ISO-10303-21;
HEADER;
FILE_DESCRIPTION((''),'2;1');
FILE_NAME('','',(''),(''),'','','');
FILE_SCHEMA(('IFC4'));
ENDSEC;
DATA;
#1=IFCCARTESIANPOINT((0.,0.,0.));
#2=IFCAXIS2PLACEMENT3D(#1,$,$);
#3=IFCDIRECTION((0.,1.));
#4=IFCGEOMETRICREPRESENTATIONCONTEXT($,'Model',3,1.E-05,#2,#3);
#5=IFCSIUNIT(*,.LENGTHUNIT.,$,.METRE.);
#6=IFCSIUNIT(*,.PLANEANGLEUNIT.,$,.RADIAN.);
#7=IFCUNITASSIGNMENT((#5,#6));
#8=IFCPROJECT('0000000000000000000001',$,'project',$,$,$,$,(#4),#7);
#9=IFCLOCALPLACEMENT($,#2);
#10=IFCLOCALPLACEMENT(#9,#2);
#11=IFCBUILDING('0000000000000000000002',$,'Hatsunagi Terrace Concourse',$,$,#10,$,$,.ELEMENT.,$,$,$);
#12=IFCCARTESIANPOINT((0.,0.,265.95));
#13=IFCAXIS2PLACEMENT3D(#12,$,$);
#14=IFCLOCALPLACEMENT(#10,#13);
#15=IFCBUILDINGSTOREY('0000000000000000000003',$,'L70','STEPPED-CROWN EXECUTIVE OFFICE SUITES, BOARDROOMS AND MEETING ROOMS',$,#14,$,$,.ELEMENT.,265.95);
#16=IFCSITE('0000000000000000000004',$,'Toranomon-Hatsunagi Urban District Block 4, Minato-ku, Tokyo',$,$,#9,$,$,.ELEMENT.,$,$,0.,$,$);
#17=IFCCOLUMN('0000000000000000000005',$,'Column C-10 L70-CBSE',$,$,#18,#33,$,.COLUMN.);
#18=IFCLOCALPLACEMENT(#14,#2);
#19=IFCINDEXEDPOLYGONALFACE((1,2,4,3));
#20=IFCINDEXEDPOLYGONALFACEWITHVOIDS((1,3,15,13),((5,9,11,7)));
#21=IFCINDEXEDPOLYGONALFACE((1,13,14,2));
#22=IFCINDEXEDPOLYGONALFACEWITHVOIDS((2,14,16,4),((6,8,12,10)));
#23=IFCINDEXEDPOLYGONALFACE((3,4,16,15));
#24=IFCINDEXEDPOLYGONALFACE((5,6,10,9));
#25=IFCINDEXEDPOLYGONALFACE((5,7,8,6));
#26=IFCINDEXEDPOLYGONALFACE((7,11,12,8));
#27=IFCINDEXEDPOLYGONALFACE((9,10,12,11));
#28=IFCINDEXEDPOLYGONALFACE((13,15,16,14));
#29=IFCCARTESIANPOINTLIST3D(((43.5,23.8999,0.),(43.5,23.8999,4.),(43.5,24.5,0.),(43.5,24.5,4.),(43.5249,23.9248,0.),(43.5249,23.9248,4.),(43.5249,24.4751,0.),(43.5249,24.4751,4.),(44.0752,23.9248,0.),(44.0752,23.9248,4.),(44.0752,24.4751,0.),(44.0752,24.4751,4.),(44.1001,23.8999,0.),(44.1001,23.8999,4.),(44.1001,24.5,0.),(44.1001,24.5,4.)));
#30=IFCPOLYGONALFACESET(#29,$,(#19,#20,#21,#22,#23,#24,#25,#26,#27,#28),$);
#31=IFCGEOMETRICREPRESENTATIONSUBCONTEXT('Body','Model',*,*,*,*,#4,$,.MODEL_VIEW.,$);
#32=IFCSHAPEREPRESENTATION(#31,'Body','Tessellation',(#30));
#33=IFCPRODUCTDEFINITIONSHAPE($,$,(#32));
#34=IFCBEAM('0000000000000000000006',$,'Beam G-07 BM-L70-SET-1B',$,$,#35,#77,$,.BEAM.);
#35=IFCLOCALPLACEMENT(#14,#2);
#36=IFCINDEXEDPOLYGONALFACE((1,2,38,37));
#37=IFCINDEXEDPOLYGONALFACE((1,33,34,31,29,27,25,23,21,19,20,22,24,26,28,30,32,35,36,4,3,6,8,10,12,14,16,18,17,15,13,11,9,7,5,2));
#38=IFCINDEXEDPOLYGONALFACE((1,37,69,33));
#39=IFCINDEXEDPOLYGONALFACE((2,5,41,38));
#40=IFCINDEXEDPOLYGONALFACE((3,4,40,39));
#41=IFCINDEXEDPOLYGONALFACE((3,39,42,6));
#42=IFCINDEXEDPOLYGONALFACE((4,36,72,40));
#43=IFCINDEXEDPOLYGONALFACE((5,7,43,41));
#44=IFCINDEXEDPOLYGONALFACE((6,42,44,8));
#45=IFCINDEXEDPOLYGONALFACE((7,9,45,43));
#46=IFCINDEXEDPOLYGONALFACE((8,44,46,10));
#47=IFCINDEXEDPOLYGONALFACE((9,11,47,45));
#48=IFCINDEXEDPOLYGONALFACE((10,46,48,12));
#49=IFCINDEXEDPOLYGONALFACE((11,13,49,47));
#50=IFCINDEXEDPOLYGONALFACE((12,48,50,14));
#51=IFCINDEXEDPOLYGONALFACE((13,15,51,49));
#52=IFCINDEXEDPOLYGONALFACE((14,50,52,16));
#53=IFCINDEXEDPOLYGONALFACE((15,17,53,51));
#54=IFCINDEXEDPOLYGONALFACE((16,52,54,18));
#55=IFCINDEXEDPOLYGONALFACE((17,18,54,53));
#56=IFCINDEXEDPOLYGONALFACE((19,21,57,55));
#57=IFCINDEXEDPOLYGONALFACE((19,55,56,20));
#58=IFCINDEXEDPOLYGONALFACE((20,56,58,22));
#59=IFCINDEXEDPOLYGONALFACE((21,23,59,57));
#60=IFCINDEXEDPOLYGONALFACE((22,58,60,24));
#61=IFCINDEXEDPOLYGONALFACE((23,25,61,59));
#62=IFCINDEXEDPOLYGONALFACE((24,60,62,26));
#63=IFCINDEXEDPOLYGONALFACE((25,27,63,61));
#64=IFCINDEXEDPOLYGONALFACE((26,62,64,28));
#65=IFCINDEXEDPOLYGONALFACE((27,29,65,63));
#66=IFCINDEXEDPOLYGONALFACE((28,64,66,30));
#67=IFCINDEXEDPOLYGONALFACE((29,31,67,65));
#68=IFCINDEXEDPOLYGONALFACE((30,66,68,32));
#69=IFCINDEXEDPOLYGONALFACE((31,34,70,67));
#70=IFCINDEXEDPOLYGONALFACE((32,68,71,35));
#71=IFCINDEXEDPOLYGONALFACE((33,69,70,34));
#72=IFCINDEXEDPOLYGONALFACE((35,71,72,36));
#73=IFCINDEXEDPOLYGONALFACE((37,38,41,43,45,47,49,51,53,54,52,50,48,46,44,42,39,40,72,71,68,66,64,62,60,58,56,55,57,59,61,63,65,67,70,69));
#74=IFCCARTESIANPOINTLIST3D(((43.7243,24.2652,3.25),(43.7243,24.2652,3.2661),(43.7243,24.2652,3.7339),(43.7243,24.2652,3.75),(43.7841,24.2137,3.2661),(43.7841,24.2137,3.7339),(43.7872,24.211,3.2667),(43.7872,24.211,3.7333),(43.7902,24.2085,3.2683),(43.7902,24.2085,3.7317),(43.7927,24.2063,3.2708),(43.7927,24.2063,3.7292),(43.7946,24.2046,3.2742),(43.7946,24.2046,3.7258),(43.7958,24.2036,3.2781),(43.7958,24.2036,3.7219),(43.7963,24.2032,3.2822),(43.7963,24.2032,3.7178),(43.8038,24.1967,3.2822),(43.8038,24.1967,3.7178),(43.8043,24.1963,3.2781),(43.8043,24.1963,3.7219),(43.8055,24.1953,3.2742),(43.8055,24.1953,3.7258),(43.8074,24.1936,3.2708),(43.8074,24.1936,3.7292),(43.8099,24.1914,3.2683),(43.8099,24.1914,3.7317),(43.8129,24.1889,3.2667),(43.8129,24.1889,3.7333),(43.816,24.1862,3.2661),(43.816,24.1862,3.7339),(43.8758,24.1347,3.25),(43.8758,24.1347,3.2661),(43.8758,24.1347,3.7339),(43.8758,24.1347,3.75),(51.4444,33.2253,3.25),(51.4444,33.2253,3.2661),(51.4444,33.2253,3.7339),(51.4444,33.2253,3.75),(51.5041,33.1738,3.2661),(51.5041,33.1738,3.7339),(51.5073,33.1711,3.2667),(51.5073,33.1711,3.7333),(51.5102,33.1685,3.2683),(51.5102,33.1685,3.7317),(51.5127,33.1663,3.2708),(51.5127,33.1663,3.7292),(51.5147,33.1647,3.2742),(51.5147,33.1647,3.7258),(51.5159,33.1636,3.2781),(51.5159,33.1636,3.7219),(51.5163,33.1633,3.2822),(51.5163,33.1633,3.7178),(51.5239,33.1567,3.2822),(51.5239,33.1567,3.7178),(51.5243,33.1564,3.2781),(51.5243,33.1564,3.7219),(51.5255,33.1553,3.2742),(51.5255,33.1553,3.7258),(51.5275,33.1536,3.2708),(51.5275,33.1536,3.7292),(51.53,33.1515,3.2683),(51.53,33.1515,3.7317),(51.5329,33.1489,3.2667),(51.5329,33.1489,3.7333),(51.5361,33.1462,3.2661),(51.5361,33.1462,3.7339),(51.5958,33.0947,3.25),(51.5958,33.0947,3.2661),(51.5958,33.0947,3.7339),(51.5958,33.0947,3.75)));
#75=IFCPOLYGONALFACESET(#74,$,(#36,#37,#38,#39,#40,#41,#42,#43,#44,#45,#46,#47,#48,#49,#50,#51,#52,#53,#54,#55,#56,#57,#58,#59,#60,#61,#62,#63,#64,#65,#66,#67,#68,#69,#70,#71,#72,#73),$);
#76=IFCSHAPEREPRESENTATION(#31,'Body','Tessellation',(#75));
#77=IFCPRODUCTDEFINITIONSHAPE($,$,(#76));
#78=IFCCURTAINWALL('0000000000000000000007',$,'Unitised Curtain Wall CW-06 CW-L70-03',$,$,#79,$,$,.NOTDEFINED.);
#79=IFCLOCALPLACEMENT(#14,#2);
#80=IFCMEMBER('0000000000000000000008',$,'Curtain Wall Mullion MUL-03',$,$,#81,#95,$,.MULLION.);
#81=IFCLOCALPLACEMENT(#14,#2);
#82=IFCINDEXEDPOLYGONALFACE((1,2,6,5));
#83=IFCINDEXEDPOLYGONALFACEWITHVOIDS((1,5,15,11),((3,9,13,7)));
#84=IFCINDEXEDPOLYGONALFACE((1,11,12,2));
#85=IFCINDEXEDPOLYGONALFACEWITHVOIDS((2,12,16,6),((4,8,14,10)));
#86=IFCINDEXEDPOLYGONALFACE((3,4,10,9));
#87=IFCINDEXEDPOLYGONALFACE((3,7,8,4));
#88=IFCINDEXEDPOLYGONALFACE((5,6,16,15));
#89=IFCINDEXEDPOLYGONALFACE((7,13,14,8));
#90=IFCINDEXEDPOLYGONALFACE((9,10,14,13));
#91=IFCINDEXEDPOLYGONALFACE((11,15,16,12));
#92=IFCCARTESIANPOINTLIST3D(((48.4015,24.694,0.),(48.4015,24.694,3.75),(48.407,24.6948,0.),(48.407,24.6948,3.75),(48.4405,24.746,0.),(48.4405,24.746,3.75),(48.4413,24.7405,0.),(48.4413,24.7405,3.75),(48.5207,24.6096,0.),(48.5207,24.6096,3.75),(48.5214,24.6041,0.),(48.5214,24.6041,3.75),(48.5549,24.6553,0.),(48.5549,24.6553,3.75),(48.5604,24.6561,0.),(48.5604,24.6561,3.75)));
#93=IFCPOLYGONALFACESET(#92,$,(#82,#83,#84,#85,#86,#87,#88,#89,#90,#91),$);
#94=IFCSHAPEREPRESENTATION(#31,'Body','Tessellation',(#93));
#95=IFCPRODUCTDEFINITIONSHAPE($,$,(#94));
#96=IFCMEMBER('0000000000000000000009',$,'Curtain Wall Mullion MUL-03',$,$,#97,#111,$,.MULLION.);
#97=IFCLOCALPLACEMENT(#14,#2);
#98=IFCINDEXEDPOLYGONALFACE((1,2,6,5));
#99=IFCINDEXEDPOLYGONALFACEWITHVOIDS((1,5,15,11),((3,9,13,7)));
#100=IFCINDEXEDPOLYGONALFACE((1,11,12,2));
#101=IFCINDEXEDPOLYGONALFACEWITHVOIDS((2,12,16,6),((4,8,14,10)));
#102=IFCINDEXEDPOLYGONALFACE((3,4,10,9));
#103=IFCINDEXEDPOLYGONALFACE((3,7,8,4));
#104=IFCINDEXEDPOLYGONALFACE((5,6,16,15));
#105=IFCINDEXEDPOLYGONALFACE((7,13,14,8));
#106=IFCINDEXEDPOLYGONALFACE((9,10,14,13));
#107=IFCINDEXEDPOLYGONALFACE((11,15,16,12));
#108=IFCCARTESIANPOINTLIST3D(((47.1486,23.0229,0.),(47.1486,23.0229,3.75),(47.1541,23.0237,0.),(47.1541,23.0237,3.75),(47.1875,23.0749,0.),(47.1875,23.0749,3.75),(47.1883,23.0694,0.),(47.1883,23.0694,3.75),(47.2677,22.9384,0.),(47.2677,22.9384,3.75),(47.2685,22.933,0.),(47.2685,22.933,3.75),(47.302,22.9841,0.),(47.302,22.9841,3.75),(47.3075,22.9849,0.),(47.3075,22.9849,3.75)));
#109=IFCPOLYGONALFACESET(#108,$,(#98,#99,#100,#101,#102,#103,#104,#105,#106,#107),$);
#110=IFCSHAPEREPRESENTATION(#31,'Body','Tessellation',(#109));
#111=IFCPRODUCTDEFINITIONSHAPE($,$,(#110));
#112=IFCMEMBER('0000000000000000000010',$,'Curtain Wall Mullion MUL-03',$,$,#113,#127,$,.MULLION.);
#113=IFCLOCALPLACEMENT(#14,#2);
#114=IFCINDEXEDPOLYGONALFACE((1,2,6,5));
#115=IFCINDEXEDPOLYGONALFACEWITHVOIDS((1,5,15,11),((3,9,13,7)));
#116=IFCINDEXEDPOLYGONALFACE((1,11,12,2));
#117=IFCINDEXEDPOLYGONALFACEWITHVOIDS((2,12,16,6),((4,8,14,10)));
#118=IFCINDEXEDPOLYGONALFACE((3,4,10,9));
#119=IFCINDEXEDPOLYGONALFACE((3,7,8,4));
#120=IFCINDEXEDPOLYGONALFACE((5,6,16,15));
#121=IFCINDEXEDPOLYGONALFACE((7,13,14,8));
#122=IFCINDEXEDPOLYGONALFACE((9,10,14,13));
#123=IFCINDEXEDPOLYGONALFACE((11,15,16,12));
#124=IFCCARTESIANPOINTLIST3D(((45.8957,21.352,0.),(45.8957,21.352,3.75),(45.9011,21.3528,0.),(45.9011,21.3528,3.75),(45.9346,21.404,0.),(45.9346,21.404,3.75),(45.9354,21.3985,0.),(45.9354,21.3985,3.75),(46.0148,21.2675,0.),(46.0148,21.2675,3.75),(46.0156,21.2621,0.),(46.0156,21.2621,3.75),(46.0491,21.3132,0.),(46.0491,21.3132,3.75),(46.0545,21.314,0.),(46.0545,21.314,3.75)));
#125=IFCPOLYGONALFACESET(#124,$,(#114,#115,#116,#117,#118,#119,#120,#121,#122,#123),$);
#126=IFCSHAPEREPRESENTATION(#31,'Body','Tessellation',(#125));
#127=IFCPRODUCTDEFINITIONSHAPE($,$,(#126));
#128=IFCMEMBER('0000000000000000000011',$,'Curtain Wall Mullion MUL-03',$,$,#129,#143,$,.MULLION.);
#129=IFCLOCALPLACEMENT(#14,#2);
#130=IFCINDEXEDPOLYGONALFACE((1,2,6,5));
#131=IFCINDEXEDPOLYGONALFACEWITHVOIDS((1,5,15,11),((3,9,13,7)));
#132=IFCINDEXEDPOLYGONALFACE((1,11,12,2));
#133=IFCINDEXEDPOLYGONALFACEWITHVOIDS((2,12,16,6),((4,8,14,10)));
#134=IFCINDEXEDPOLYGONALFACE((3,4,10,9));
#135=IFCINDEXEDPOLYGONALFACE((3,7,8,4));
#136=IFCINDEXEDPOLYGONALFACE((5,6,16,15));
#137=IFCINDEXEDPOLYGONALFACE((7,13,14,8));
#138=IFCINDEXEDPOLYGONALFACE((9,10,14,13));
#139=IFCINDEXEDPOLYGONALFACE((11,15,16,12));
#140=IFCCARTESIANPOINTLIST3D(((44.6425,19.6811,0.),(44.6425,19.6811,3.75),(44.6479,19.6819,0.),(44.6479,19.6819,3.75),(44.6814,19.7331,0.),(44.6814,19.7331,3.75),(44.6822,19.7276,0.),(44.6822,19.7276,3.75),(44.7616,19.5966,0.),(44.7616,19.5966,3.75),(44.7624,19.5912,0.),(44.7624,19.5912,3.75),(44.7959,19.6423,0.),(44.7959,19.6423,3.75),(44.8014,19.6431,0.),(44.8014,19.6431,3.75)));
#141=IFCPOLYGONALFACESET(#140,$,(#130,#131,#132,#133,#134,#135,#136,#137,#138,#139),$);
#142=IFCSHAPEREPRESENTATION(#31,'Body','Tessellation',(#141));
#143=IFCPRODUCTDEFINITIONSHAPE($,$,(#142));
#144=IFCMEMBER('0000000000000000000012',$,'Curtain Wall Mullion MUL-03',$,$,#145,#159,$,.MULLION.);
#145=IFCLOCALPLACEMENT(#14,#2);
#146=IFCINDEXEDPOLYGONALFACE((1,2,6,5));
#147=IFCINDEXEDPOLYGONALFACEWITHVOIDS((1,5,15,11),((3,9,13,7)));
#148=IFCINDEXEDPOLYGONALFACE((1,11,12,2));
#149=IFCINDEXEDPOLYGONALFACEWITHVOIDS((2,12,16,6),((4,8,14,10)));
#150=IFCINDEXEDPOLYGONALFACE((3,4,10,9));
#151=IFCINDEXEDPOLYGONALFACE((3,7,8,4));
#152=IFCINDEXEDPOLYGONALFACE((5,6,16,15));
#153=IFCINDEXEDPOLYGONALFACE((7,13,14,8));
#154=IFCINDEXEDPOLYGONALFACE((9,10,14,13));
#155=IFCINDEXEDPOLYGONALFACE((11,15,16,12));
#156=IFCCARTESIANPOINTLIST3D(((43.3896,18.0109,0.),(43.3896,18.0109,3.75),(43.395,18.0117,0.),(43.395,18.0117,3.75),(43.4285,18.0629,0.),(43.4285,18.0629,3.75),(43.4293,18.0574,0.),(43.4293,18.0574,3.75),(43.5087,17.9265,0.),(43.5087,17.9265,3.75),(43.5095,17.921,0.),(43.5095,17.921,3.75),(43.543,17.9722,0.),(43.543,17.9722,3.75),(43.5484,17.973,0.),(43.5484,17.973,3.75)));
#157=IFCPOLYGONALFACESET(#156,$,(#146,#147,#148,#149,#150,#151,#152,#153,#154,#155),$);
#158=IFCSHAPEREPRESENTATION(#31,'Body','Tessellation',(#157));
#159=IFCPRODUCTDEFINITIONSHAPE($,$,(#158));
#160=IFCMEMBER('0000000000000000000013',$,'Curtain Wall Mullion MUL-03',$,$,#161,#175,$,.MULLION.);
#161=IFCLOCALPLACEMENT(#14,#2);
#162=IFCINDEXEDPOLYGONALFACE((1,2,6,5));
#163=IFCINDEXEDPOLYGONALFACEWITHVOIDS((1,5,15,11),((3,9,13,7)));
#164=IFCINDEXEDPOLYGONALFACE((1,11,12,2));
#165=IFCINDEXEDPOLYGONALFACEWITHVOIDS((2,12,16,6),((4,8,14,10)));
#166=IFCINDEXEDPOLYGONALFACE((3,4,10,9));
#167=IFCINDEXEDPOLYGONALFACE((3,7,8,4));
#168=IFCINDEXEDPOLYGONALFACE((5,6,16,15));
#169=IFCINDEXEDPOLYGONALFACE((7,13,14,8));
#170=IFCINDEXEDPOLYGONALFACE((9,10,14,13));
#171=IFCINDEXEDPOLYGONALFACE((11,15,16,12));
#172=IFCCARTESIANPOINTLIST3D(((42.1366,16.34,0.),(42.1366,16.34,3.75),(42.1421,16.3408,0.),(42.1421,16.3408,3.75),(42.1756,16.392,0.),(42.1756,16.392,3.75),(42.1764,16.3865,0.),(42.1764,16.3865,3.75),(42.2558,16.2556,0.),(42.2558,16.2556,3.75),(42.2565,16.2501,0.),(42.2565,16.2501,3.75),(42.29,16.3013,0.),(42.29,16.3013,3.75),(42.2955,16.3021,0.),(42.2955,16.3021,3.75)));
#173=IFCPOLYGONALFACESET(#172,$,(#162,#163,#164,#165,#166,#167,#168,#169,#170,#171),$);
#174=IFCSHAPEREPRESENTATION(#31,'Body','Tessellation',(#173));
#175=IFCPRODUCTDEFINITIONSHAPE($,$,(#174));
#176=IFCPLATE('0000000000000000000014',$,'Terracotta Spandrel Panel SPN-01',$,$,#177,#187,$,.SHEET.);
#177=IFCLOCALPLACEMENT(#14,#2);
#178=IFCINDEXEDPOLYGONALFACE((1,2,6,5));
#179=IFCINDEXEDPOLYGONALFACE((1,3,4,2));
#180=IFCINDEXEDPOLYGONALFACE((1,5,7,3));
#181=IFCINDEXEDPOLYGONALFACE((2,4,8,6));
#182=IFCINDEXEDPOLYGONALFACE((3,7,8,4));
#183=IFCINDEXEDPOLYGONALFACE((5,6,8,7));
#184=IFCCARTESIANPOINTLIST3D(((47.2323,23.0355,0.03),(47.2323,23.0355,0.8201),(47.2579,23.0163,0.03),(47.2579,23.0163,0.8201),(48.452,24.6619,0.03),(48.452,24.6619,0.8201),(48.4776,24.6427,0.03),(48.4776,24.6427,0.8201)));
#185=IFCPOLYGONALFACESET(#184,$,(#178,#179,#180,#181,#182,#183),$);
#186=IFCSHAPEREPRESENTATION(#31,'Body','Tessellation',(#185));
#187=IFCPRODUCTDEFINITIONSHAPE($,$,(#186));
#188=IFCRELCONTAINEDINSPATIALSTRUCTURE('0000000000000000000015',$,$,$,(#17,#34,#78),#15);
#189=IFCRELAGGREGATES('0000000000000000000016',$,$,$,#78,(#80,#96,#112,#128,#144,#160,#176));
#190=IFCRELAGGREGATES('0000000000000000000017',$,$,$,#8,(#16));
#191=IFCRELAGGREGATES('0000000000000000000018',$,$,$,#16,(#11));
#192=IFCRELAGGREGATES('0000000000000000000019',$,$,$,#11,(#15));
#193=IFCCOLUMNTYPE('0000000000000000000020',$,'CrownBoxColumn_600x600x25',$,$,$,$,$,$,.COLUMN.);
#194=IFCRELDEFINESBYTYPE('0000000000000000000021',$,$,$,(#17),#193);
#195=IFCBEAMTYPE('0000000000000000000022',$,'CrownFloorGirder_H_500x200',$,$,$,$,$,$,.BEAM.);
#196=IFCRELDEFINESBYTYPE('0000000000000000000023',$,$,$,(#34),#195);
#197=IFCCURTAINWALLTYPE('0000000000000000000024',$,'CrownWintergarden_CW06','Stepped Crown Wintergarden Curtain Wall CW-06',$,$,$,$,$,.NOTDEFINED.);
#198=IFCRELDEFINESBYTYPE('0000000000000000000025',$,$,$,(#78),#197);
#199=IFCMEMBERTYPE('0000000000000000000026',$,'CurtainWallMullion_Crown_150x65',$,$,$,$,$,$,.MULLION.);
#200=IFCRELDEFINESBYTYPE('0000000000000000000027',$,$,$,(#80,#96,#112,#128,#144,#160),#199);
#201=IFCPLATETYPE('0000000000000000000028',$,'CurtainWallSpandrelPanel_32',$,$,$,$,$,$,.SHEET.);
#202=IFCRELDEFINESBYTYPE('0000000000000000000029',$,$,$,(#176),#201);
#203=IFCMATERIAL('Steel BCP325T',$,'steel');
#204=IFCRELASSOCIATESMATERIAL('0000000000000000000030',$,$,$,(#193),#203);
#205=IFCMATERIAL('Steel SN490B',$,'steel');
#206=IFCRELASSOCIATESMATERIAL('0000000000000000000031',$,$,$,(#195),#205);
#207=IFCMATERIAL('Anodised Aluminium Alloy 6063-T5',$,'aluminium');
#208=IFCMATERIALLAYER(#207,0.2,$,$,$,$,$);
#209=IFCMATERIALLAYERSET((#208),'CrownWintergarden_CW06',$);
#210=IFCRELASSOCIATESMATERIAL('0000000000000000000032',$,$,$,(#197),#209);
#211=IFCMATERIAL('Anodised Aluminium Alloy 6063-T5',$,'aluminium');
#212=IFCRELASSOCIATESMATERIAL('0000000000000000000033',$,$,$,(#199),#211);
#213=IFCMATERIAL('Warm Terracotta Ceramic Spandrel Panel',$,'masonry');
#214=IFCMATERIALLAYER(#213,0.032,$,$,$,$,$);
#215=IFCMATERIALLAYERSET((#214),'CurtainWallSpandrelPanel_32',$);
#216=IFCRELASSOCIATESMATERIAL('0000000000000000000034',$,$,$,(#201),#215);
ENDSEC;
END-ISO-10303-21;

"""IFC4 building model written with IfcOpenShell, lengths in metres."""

from ifc_helpers import new_model, si_unit, direction, frame, origin, origin_2d, place, context, subcontext, project, spatial, rectangle, hollow_rectangle, i_section, extrude, material, layer, layer_set, material_profile, profile_set, type_object, element, aggregate, save


model = new_model("IFC4")

# Units and contexts
model_context = context("Model", 3, precision=1e-05, world=origin(), true_north=direction((0.0, 1.0)))
body_context = subcontext(model_context, "Body", "Model", "MODEL_VIEW")
ifc_project = project(units=[si_unit("LENGTHUNIT", "METRE"), si_unit("PLANEANGLEUNIT", "RADIAN")], contexts=[model_context])

# Site, building, storey
site_placement = place(None, origin())
site = spatial("IfcSite", under=ifc_project, at=site_placement, Name="Toranomon-Hatsunagi Urban District Block 4, Minato-ku, Tokyo", CompositionType="ELEMENT", RefElevation=0.0)
building_placement = place(site_placement, origin())
building = spatial("IfcBuilding", under=site, at=building_placement, Name="Hatsunagi Terrace Concourse", CompositionType="ELEMENT")
storey_placement = place(building_placement, frame((0.0, 0.0, 265.95)))
storey = spatial("IfcBuildingStorey", under=building, at=storey_placement, Name="L70", Description="STEPPED-CROWN EXECUTIVE OFFICE SUITES, BOARDROOMS AND MEETING ROOMS", CompositionType="ELEMENT", Elevation=265.95)

# Column
ifc_material_1 = material(Name="Steel BCP325T", Category="steel")
ifc_material_profile_1 = material_profile(ifc_material_1, hollow_rectangle(XDim=0.6001, YDim=0.6001, WallThickness=0.0249, at=origin_2d()), Name="BCP-600x600x25")
ifc_profile_set_1 = profile_set([ifc_material_profile_1], Name="Steel BCP325T")
column_type = type_object("IfcColumnType", Name="CrownBoxColumn_600x600x25", PredefinedType="COLUMN", material=ifc_profile_set_1)
column_placement = place(storey_placement, frame((43.8, 24.2, 0.0), z_axis=(0.0, 0.0, 1.0), x_axis=(1.0, 0.0, 0.0)))
element("IfcColumn", 1, at=column_placement, inside=storey, type_object=column_type, Name="Column C-10 L70-CBSE", PredefinedType="COLUMN", context=body_context, shape_type="SweptSolid", body=[
    extrude(hollow_rectangle(XDim=0.6001, YDim=0.6001, WallThickness=0.0249, at=origin_2d()), origin(), (0.0, 0.0, 1.0), 4.0),
])

# Beam
ifc_material_2 = material(Name="Steel SN490B", Category="steel")
ifc_material_profile_2 = material_profile(ifc_material_2, i_section(OverallWidth=0.2, OverallDepth=0.5, WebThickness=0.01, FlangeThickness=0.0161, FilletRadius=0.0161, at=origin_2d()), Name="H-500x200x10x16")
ifc_profile_set_2 = profile_set([ifc_material_profile_2], Name="Steel SN490B")
beam_type = type_object("IfcBeamType", Name="CrownFloorGirder_H_500x200", PredefinedType="BEAM", material=ifc_profile_set_2)
beam_placement = place(storey_placement, frame((43.8, 24.2, 3.5), z_axis=(0.652739, 0.757583, 0.0), x_axis=(-0.757583, 0.652739, 0.0)))
element("IfcBeam", 2, at=beam_placement, inside=storey, type_object=beam_type, Name="Beam G-07 BM-L70-SET-1B", PredefinedType="BEAM", context=body_context, shape_type="SweptSolid", body=[
    extrude(i_section(OverallWidth=0.2, OverallDepth=0.5, WebThickness=0.01, FlangeThickness=0.0161, FilletRadius=0.0161, at=origin_2d()), origin(), (0.0, 0.0, 1.0), 11.8271),
])

# Curtain wall, members, plate
ifc_material_3 = material(Name="Anodised Aluminium Alloy 6063-T5", Category="aluminium")
ifc_layer_1 = layer(ifc_material_3, 0.2)
ifc_layer_set_1 = layer_set([ifc_layer_1], Name="CrownWintergarden_CW06")
curtain_wall_type = type_object("IfcCurtainWallType", Name="CrownWintergarden_CW06", Description="Stepped Crown Wintergarden Curtain Wall CW-06", PredefinedType="NOTDEFINED", material=ifc_layer_set_1)
curtain_wall_placement = place(storey_placement, origin())
curtain_wall = element("IfcCurtainWall", 3, at=curtain_wall_placement, inside=storey, type_object=curtain_wall_type, Name="Unitised Curtain Wall CW-06 CW-L70-03", PredefinedType="NOTDEFINED")
ifc_material_4 = material(Name="Anodised Aluminium Alloy 6063-T5", Category="aluminium")
ifc_material_profile_3 = material_profile(ifc_material_4, hollow_rectangle(XDim=0.0649, YDim=0.1499, WallThickness=0.0039, at=origin_2d()), Name="ALU-MUL-150x65x4")
ifc_profile_set_3 = profile_set([ifc_material_profile_3], Name="Anodised Aluminium Alloy 6063-T5")
member_type = type_object("IfcMemberType", Name="CurtainWallMullion_Crown_150x65", PredefinedType="MULLION", material=ifc_profile_set_3)
member_1_placement = place(storey_placement, frame((48.481, 24.675, 0.0), z_axis=(0.0, 0.0, 1.0), x_axis=(-0.599969, -0.800023, 0.0)))
member_1 = element("IfcMember", 4, at=member_1_placement, type_object=member_type, Name="Curtain Wall Mullion MUL-03", PredefinedType="MULLION", context=body_context, shape_type="SweptSolid", body=[
    extrude(hollow_rectangle(XDim=0.0649, YDim=0.1499, WallThickness=0.0039, at=origin_2d()), origin(), (0.0, 0.0, 1.0), 3.75),
])
member_2_placement = place(storey_placement, frame((47.228, 23.0039, 0.0), z_axis=(0.0, 0.0, 1.0), x_axis=(-0.599969, -0.800023, 0.0)))
member_2 = element("IfcMember", 5, at=member_2_placement, type_object=member_type, Name="Curtain Wall Mullion MUL-03", PredefinedType="MULLION", context=body_context, shape_type="SweptSolid", body=[
    extrude(hollow_rectangle(XDim=0.0649, YDim=0.1499, WallThickness=0.0039, at=origin_2d()), origin(), (0.0, 0.0, 1.0), 3.75),
])
member_3_placement = place(storey_placement, frame((45.9751, 21.333, 0.0), z_axis=(0.0, 0.0, 1.0), x_axis=(-0.599969, -0.800023, 0.0)))
member_3 = element("IfcMember", 6, at=member_3_placement, type_object=member_type, Name="Curtain Wall Mullion MUL-03", PredefinedType="MULLION", context=body_context, shape_type="SweptSolid", body=[
    extrude(hollow_rectangle(XDim=0.0649, YDim=0.1499, WallThickness=0.0039, at=origin_2d()), origin(), (0.0, 0.0, 1.0), 3.75),
])
member_4_placement = place(storey_placement, frame((44.7219, 19.6621, 0.0), z_axis=(0.0, 0.0, 1.0), x_axis=(-0.599969, -0.800023, 0.0)))
member_4 = element("IfcMember", 7, at=member_4_placement, type_object=member_type, Name="Curtain Wall Mullion MUL-03", PredefinedType="MULLION", context=body_context, shape_type="SweptSolid", body=[
    extrude(hollow_rectangle(XDim=0.0649, YDim=0.1499, WallThickness=0.0039, at=origin_2d()), origin(), (0.0, 0.0, 1.0), 3.75),
])
member_5_placement = place(storey_placement, frame((43.469, 17.9919, 0.0), z_axis=(0.0, 0.0, 1.0), x_axis=(-0.599969, -0.800023, 0.0)))
member_5 = element("IfcMember", 8, at=member_5_placement, type_object=member_type, Name="Curtain Wall Mullion MUL-03", PredefinedType="MULLION", context=body_context, shape_type="SweptSolid", body=[
    extrude(hollow_rectangle(XDim=0.0649, YDim=0.1499, WallThickness=0.0039, at=origin_2d()), origin(), (0.0, 0.0, 1.0), 3.75),
])
member_6_placement = place(storey_placement, frame((42.2161, 16.321, 0.0), z_axis=(0.0, 0.0, 1.0), x_axis=(-0.599969, -0.800023, 0.0)))
member_6 = element("IfcMember", 9, at=member_6_placement, type_object=member_type, Name="Curtain Wall Mullion MUL-03", PredefinedType="MULLION", context=body_context, shape_type="SweptSolid", body=[
    extrude(hollow_rectangle(XDim=0.0649, YDim=0.1499, WallThickness=0.0039, at=origin_2d()), origin(), (0.0, 0.0, 1.0), 3.75),
])
ifc_material_5 = material(Name="Warm Terracotta Ceramic Spandrel Panel", Category="masonry")
ifc_layer_2 = layer(ifc_material_5, 0.032)
ifc_layer_set_2 = layer_set([ifc_layer_2], Name="CurtainWallSpandrelPanel_32")
plate_type_1 = type_object("IfcPlateType", Name="CurtainWallSpandrelPanel_32", PredefinedType="SHEET", material=ifc_layer_set_2)
plate_1_placement = place(storey_placement, frame((47.855, 23.8391, 0.03), z_axis=(0.0, 0.0, 1.0), x_axis=(-0.599969, -0.800023, 0.0)))
plate_1 = element("IfcPlate", 10, at=plate_1_placement, type_object=plate_type_1, Name="Terracotta Spandrel Panel SPN-01", PredefinedType="SHEET", context=body_context, shape_type="SweptSolid", body=[
    extrude(rectangle(XDim=2.033, YDim=0.032, at=origin_2d()), origin(), (0.0, 0.0, 1.0), 0.79),
])
aggregate(curtain_wall, [member_1, member_2, member_3, member_4, member_5, member_6, plate_1])

save(model, "model.ifc")
